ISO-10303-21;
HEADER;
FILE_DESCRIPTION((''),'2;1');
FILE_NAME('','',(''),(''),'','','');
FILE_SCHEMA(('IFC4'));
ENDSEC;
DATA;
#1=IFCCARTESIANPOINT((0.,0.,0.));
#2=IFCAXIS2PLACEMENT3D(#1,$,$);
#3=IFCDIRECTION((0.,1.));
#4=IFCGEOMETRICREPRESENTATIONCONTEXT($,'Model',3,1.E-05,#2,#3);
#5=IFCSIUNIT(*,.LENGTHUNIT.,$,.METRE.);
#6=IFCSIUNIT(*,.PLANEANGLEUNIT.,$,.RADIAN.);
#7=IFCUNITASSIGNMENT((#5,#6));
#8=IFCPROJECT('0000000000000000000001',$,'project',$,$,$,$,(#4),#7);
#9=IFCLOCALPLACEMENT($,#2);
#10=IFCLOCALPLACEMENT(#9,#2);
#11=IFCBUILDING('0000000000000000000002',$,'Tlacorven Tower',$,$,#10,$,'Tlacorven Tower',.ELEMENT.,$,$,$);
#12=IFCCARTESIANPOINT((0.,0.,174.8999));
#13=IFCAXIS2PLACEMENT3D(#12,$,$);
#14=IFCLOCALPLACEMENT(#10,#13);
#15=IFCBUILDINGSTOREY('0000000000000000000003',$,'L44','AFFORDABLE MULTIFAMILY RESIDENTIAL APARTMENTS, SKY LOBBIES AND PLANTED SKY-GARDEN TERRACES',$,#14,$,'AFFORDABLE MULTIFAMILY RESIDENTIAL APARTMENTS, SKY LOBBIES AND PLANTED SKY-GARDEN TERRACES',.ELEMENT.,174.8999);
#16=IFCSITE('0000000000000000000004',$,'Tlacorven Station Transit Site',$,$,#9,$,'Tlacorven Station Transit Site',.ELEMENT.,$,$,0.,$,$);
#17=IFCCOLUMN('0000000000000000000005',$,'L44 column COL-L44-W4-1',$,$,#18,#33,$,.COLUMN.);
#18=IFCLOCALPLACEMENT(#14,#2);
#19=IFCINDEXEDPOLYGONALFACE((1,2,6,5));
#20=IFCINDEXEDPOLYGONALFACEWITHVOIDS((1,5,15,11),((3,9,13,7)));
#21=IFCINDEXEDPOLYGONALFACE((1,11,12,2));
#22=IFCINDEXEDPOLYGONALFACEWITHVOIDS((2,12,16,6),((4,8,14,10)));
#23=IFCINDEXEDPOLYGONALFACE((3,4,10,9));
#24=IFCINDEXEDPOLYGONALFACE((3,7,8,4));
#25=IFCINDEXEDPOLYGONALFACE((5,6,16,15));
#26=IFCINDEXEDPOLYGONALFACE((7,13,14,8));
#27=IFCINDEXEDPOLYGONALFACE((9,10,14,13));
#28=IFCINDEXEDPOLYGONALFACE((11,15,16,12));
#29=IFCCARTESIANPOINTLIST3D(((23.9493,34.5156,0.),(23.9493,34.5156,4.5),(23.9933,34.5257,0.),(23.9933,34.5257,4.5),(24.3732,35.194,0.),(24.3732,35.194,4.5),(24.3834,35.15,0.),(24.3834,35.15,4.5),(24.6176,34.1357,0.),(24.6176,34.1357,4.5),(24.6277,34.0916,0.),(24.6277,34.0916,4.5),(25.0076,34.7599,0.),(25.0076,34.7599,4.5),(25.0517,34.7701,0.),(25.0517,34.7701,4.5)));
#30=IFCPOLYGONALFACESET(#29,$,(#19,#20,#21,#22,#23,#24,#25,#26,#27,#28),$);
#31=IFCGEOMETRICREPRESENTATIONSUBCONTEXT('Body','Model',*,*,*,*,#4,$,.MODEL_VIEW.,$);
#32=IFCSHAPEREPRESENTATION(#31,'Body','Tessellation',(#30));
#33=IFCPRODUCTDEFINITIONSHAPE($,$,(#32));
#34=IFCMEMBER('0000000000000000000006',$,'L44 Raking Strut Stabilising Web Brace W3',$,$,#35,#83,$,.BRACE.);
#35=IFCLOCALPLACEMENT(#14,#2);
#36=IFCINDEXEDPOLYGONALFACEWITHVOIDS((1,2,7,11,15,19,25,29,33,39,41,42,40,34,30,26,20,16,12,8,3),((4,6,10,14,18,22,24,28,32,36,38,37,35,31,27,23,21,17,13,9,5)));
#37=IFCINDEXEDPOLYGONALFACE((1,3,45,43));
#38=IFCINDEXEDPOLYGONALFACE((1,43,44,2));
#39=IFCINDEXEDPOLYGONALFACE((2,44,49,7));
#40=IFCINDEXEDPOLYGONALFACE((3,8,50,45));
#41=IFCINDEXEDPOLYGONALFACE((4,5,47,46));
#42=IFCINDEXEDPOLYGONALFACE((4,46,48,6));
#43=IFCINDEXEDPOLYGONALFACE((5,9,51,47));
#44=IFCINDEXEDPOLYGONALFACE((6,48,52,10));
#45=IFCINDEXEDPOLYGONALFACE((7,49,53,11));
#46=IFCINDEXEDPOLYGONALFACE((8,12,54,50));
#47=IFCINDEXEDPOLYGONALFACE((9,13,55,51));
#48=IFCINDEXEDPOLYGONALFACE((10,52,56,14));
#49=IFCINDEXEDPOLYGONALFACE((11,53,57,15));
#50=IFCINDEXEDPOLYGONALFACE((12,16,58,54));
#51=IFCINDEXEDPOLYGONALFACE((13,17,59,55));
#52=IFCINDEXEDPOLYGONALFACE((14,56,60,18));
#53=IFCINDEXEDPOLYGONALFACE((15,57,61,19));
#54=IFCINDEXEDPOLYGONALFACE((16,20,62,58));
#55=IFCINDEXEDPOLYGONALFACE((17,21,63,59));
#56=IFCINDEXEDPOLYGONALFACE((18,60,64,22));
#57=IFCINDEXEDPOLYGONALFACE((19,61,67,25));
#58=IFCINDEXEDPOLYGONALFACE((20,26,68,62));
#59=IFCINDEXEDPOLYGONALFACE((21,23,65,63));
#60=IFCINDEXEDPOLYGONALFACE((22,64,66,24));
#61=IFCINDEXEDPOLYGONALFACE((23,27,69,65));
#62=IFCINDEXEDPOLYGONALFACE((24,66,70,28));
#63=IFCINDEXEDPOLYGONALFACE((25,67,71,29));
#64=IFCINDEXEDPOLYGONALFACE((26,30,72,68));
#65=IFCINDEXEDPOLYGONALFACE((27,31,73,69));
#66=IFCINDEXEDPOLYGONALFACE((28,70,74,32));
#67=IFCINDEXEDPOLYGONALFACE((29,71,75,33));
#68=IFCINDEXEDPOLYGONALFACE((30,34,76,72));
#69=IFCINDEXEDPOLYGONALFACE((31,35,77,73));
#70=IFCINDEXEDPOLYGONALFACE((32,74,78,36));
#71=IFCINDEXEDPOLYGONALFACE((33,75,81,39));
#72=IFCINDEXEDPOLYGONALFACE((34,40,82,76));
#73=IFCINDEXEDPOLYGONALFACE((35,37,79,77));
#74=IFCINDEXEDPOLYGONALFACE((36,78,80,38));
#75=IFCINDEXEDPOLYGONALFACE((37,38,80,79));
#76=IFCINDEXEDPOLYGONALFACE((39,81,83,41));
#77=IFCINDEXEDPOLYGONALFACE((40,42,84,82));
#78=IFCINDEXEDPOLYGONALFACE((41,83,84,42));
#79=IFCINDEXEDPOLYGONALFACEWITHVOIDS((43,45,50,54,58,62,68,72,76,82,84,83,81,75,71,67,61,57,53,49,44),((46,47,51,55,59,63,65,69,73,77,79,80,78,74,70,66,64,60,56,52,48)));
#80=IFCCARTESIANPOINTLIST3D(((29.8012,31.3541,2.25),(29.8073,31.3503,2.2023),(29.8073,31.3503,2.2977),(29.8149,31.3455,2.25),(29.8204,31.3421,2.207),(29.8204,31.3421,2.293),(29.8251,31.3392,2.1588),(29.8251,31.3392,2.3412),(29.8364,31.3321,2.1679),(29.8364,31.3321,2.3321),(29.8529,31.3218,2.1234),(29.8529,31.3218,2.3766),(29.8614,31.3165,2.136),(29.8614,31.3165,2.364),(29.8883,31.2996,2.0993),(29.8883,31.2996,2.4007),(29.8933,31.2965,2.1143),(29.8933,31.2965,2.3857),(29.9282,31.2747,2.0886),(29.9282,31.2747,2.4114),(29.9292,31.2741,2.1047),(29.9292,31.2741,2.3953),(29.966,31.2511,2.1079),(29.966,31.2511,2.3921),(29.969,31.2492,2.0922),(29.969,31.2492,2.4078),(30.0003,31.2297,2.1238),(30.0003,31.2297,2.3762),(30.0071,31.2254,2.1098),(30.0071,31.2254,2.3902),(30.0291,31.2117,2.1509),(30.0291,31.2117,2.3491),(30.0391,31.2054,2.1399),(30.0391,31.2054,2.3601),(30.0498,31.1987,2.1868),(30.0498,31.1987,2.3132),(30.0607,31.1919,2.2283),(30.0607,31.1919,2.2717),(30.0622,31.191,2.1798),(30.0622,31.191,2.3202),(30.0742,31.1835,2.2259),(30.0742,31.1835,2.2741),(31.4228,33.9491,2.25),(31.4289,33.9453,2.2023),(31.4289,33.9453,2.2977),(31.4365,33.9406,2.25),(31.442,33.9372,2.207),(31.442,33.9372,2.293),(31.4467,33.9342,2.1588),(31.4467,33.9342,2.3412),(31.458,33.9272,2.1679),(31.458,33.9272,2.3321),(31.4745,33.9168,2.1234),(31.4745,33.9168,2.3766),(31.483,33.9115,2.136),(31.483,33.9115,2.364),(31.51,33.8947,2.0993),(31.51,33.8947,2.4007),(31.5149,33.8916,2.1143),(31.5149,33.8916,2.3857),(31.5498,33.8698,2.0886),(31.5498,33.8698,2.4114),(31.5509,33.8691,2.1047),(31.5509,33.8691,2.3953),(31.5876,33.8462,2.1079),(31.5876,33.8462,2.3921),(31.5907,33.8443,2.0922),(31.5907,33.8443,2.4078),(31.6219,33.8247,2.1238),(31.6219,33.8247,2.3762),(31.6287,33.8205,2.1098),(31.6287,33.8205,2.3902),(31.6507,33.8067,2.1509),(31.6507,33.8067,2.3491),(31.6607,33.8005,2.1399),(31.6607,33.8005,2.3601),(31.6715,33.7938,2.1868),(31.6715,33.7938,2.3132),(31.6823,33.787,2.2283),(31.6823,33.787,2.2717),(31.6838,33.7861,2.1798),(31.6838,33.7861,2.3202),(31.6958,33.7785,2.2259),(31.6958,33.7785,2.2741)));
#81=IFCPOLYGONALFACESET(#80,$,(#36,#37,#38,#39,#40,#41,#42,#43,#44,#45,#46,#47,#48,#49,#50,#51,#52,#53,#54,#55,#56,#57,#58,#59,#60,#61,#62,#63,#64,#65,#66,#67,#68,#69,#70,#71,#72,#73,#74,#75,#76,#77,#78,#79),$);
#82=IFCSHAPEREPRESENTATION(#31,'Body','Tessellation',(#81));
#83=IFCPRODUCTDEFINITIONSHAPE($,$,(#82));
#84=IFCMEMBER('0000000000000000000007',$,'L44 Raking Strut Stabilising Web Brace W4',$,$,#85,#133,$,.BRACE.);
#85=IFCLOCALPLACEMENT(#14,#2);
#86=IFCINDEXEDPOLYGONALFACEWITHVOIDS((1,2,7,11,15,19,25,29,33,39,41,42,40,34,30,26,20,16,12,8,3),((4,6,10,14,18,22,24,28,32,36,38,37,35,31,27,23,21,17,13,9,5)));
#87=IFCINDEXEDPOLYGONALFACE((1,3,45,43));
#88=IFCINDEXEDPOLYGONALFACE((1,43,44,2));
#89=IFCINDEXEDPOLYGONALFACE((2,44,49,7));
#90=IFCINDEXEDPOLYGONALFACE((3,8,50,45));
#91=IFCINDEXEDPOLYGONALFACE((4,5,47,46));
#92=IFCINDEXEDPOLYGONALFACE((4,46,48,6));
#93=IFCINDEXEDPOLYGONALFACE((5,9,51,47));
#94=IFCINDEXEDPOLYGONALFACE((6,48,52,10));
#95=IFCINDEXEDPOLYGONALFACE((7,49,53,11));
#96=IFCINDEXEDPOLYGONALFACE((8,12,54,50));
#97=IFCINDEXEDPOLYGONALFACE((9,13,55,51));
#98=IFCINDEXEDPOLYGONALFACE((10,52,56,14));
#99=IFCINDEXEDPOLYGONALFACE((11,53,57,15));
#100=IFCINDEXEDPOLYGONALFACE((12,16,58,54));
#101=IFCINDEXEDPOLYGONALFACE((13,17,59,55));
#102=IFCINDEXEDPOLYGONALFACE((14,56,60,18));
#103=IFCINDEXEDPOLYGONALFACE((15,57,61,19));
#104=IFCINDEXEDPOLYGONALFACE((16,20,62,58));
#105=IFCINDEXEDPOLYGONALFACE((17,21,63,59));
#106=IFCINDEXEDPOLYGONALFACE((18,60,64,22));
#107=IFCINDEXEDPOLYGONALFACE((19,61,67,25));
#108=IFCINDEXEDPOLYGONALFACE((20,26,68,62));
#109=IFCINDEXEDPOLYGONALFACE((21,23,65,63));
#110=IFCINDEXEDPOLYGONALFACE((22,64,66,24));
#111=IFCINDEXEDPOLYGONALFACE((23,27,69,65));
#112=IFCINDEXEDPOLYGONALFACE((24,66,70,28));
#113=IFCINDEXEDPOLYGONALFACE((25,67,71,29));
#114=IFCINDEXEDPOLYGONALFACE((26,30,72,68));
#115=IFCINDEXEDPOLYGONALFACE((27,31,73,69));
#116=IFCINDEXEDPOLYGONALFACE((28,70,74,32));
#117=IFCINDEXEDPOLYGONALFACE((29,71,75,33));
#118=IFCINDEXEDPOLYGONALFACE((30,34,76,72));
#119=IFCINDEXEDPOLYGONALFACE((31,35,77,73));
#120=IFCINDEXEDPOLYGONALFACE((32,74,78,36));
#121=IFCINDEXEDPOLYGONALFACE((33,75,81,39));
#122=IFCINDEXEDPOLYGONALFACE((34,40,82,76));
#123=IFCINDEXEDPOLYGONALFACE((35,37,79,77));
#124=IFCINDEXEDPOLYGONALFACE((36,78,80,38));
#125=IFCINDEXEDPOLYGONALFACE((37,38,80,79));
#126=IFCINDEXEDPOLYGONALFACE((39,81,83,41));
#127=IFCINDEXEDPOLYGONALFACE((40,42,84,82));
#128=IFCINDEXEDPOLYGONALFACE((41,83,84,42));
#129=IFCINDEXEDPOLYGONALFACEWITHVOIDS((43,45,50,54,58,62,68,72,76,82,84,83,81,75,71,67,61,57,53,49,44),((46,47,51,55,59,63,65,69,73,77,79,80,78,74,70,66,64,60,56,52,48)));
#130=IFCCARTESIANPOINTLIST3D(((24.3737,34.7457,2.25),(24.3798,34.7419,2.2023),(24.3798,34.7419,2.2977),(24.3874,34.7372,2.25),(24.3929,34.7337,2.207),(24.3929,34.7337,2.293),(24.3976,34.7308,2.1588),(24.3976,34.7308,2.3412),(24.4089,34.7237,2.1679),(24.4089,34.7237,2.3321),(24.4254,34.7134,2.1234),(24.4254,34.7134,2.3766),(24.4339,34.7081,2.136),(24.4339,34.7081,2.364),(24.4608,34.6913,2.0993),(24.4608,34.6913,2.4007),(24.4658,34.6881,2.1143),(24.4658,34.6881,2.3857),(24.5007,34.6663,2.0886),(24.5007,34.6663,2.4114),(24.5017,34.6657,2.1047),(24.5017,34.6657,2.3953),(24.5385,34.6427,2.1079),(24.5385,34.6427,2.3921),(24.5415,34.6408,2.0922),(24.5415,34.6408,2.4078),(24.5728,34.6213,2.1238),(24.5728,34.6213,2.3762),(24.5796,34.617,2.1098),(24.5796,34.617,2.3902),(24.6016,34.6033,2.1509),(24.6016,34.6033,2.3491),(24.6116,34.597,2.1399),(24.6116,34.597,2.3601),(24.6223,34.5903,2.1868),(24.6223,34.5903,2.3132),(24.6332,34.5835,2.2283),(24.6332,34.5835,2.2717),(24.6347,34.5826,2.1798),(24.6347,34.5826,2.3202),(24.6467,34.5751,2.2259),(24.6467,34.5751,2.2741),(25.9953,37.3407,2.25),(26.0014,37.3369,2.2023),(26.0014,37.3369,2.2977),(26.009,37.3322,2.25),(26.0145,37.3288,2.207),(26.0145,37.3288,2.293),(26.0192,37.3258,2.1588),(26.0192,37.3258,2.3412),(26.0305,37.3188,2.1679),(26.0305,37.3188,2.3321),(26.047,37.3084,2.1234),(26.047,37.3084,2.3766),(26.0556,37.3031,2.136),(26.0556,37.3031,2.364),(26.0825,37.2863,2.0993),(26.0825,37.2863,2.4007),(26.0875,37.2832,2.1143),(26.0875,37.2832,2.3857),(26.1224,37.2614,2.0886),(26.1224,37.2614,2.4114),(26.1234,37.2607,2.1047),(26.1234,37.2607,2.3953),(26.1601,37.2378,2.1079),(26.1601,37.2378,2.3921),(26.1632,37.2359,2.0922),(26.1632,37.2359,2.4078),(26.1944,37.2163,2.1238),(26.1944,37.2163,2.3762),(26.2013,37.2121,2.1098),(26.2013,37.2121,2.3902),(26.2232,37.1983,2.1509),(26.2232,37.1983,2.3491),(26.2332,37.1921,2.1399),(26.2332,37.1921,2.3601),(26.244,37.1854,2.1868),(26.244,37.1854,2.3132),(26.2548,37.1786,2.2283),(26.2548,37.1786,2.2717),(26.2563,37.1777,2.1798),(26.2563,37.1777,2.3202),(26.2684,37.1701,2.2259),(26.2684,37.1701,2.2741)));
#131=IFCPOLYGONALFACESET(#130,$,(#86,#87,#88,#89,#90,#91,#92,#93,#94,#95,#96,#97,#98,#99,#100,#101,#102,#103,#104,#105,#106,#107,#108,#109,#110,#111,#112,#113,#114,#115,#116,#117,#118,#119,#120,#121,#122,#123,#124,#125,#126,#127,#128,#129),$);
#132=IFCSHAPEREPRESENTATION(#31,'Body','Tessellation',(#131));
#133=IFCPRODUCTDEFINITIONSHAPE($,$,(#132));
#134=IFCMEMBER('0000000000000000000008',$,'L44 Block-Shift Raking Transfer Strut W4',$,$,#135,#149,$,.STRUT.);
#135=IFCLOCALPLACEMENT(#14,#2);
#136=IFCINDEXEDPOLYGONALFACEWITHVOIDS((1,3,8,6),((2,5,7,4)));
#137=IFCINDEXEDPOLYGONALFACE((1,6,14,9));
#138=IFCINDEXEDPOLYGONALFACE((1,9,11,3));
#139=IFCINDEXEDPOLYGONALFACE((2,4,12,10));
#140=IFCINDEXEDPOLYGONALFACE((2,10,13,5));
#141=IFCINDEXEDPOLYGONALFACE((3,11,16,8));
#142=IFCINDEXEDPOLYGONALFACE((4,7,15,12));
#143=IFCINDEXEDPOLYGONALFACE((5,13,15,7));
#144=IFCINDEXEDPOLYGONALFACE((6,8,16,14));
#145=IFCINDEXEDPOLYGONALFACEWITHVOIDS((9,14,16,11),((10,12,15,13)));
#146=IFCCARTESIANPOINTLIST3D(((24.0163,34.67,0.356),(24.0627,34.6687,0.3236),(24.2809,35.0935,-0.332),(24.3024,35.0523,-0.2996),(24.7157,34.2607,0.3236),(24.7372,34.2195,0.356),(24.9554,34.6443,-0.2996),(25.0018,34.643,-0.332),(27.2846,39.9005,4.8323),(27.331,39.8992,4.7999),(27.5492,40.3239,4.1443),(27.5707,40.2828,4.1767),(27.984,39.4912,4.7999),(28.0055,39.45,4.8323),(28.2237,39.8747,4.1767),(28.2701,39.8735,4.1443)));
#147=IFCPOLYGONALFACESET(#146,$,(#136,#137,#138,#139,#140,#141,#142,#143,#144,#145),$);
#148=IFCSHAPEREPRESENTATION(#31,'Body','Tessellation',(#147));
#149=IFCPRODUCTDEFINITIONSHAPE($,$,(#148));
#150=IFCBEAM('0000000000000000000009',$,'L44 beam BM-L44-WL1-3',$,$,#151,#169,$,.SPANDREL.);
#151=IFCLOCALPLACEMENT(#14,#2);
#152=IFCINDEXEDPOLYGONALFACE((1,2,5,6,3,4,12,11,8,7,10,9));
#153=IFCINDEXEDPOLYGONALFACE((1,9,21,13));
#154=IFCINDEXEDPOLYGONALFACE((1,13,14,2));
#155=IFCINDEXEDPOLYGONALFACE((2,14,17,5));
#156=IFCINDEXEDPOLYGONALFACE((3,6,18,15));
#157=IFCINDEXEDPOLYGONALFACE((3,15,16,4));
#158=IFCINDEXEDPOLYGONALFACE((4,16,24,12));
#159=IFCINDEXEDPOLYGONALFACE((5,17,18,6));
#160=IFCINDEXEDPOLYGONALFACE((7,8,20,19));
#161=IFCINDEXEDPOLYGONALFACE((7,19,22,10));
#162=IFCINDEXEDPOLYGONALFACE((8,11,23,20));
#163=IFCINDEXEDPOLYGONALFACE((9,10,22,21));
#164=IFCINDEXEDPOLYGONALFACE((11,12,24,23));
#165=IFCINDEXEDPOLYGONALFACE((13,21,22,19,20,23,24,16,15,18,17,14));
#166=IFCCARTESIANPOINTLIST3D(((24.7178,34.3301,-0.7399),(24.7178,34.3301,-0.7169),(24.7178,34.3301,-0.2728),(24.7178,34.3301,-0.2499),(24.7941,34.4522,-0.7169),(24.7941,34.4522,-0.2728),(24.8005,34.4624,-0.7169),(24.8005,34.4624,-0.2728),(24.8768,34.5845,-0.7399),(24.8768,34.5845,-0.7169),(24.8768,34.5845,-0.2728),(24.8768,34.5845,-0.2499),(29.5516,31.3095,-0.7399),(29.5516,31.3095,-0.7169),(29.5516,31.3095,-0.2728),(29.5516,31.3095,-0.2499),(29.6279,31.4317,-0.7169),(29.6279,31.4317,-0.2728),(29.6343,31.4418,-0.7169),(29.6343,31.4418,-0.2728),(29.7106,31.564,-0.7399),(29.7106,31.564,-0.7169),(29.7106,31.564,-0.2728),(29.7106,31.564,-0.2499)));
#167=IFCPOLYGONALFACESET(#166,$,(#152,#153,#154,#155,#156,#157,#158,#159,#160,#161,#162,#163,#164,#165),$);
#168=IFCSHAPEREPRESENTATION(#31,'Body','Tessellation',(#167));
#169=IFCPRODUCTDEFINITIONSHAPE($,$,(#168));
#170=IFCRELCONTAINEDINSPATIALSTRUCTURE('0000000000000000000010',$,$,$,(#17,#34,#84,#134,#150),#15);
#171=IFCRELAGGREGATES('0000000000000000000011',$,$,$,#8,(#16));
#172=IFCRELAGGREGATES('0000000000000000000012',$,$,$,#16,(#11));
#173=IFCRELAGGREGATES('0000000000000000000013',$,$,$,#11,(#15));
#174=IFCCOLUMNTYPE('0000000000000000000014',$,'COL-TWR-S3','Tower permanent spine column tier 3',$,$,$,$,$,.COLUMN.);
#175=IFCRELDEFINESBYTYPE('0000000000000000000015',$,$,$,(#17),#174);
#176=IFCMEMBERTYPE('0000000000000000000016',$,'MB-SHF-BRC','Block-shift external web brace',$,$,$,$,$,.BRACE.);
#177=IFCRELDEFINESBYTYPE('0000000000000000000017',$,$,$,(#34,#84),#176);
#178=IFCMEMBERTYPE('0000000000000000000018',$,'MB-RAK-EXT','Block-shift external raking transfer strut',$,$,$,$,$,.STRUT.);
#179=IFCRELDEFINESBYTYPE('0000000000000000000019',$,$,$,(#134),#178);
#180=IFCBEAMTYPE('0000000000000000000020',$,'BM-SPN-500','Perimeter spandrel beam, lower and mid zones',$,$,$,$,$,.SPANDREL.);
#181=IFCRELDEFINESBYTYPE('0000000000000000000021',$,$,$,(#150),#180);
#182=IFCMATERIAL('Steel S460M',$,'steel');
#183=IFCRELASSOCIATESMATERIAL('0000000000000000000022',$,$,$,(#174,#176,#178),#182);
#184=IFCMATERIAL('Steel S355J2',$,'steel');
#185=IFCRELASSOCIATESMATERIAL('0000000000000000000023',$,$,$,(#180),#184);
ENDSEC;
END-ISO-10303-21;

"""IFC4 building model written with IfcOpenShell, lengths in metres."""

from ifc_helpers import new_model, si_unit, direction, frame, origin, origin_2d, place, context, subcontext, project, spatial, hollow_rectangle, hollow_circle, i_section, extrude, source, transform, mapped, material, material_profile, profile_set, type_object, element, save


model = new_model("IFC4")

# Units and contexts
model_context = context("Model", 3, precision=1e-05, world=origin(), true_north=direction((0.0, 1.0)))
body_context = subcontext(model_context, "Body", "Model", "MODEL_VIEW")
ifc_project = project(units=[si_unit("LENGTHUNIT", "METRE"), si_unit("PLANEANGLEUNIT", "RADIAN")], contexts=[model_context])

# Site, building, storey
site_placement = place(None, origin())
site = spatial("IfcSite", under=ifc_project, at=site_placement, Name="Tlacorven Station Transit Site", LongName="Tlacorven Station Transit Site", CompositionType="ELEMENT", RefElevation=0.0)
building_placement = place(site_placement, origin())
building = spatial("IfcBuilding", under=site, at=building_placement, Name="Tlacorven Tower", LongName="Tlacorven Tower", CompositionType="ELEMENT")
storey_placement = place(building_placement, frame((0.0, 0.0, 174.8999)))
storey = spatial("IfcBuildingStorey", under=building, at=storey_placement, Name="L44", Description="AFFORDABLE MULTIFAMILY RESIDENTIAL APARTMENTS, SKY LOBBIES AND PLANTED SKY-GARDEN TERRACES", LongName="AFFORDABLE MULTIFAMILY RESIDENTIAL APARTMENTS, SKY LOBBIES AND PLANTED SKY-GARDEN TERRACES", CompositionType="ELEMENT", Elevation=174.8999)

# Column
ifc_material_1 = material(Name="Steel S460M", Category="steel")
ifc_material_profile_1 = material_profile(ifc_material_1, hollow_rectangle(XDim=0.8, YDim=0.8, WallThickness=0.032, at=origin_2d()), Name="BOX 800X800X32")
ifc_profile_set_1 = profile_set([ifc_material_profile_1], Name="Steel S460M")
column_type = type_object("IfcColumnType", Name="COL-TWR-S3", Description="Tower permanent spine column tier 3", PredefinedType="COLUMN", material=ifc_profile_set_1)
shared_shape_1 = source(origin(), body_context, "Body", "SweptSolid", [
    extrude(hollow_rectangle(XDim=0.8, YDim=0.8, WallThickness=0.032, at=origin_2d()), origin(), (0.0, 0.0, 1.0), 4.5),
])
column_placement = place(storey_placement, frame((24.5005, 34.6428, 0.0), z_axis=(0.0, 0.0, 1.0), x_axis=(-0.848048, 0.529919, 0.0)))
element("IfcColumn", 1, at=column_placement, inside=storey, type_object=column_type, Name="L44 column COL-L44-W4-1", PredefinedType="COLUMN", context=body_context, shape_type="MappedRepresentation", body=[
    mapped(shared_shape_1, transform((0.0, 0.0, 0.0), scale=1.0)),
])

# Members
ifc_material_profile_2 = material_profile(ifc_material_1, hollow_circle(Radius=0.1619, WallThickness=0.0161, at=origin_2d()), Name="CHS 323.9X16")
ifc_profile_set_2 = profile_set([ifc_material_profile_2], Name="Steel S460M")
member_type_1 = type_object("IfcMemberType", Name="MB-SHF-BRC", Description="Block-shift external web brace", PredefinedType="BRACE", material=ifc_profile_set_2)
shared_shape_2 = source(origin(), body_context, "Body", "SweptSolid", [
    extrude(hollow_circle(Radius=0.1619, WallThickness=0.0161, at=origin_2d()), origin(), (0.0, 0.0, 1.0), 3.0601),
])
for number, where, z_axis, x_axis, name in (
    (2, (29.9385, 31.2683, 2.25), (0.529934, 0.848039, 0.0), (-0.848039, 0.529934, 0.0), "L44 Raking Strut Stabilising Web Brace W3"),
    (3, (24.511, 34.6599, 2.25), (0.529934, 0.848039, 0.0), (-0.848039, 0.529934, 0.0), "L44 Raking Strut Stabilising Web Brace W4"),
):
    element("IfcMember", number, at=place(storey_placement, frame(where, z_axis=z_axis, x_axis=x_axis)), inside=storey, type_object=member_type_1, Name=name, PredefinedType="BRACE", context=body_context, shape_type="MappedRepresentation", body=[
        mapped(shared_shape_2, transform((0.0, 0.0, 0.0), scale=1.0)),
    ])
ifc_material_profile_3 = material_profile(ifc_material_1, hollow_rectangle(XDim=0.8501, YDim=0.8501, WallThickness=0.04, at=origin_2d()), Name="BOX 850X850X40")
ifc_profile_set_3 = profile_set([ifc_material_profile_3], Name="Steel S460M")
member_type_2 = type_object("IfcMemberType", Name="MB-RAK-EXT", Description="Block-shift external raking transfer strut", PredefinedType="STRUT", material=ifc_profile_set_3)
shared_shape_3 = source(origin(), body_context, "Body", "SweptSolid", [
    extrude(hollow_rectangle(XDim=0.8501, YDim=0.8501, WallThickness=0.04, at=origin_2d()), origin(), (0.0, 0.0, 1.0), 7.6208),
])
member_placement = place(storey_placement, frame((24.509, 34.6565, 0.012), z_axis=(0.428865, 0.686338, 0.587379), x_axis=(-0.848052, 0.529914, 0.0)))
element("IfcMember", 4, at=member_placement, inside=storey, type_object=member_type_2, Name="L44 Block-Shift Raking Transfer Strut W4", PredefinedType="STRUT", context=body_context, shape_type="MappedRepresentation", body=[
    mapped(shared_shape_3, transform((0.0, 0.0, 0.0), scale=1.0)),
])

# Beam
ifc_material_2 = material(Name="Steel S355J2", Category="steel")
ifc_material_profile_4 = material_profile(ifc_material_2, i_section(OverallWidth=0.3, OverallDepth=0.49, WebThickness=0.012, FlangeThickness=0.0229, at=origin_2d()), Name="HEA 500")
ifc_profile_set_4 = profile_set([ifc_material_profile_4], Name="Steel S355J2")
beam_type_1 = type_object("IfcBeamType", Name="BM-SPN-500", Description="Perimeter spandrel beam, lower and mid zones", PredefinedType="SPANDREL", material=ifc_profile_set_4)
shared_shape_4 = source(origin(), body_context, "Body", "SweptSolid", [
    extrude(i_section(OverallWidth=0.3, OverallDepth=0.49, WebThickness=0.012, FlangeThickness=0.0229, at=origin_2d()), origin(), (0.0, 0.0, 1.0), 5.7),
])
beam_1_placement = place(storey_placement, frame((29.6311, 31.4368, -0.4949), z_axis=(-0.848044, 0.529926, 0.0), x_axis=(-0.529926, -0.848044, 0.0)))
element("IfcBeam", 5, at=beam_1_placement, inside=storey, type_object=beam_type_1, Name="L44 beam BM-L44-WL1-3", PredefinedType="SPANDREL", context=body_context, shape_type="MappedRepresentation", body=[
    mapped(shared_shape_4, transform((0.0, 0.0, 0.0), scale=1.0)),
])

save(model, "model.ifc")
